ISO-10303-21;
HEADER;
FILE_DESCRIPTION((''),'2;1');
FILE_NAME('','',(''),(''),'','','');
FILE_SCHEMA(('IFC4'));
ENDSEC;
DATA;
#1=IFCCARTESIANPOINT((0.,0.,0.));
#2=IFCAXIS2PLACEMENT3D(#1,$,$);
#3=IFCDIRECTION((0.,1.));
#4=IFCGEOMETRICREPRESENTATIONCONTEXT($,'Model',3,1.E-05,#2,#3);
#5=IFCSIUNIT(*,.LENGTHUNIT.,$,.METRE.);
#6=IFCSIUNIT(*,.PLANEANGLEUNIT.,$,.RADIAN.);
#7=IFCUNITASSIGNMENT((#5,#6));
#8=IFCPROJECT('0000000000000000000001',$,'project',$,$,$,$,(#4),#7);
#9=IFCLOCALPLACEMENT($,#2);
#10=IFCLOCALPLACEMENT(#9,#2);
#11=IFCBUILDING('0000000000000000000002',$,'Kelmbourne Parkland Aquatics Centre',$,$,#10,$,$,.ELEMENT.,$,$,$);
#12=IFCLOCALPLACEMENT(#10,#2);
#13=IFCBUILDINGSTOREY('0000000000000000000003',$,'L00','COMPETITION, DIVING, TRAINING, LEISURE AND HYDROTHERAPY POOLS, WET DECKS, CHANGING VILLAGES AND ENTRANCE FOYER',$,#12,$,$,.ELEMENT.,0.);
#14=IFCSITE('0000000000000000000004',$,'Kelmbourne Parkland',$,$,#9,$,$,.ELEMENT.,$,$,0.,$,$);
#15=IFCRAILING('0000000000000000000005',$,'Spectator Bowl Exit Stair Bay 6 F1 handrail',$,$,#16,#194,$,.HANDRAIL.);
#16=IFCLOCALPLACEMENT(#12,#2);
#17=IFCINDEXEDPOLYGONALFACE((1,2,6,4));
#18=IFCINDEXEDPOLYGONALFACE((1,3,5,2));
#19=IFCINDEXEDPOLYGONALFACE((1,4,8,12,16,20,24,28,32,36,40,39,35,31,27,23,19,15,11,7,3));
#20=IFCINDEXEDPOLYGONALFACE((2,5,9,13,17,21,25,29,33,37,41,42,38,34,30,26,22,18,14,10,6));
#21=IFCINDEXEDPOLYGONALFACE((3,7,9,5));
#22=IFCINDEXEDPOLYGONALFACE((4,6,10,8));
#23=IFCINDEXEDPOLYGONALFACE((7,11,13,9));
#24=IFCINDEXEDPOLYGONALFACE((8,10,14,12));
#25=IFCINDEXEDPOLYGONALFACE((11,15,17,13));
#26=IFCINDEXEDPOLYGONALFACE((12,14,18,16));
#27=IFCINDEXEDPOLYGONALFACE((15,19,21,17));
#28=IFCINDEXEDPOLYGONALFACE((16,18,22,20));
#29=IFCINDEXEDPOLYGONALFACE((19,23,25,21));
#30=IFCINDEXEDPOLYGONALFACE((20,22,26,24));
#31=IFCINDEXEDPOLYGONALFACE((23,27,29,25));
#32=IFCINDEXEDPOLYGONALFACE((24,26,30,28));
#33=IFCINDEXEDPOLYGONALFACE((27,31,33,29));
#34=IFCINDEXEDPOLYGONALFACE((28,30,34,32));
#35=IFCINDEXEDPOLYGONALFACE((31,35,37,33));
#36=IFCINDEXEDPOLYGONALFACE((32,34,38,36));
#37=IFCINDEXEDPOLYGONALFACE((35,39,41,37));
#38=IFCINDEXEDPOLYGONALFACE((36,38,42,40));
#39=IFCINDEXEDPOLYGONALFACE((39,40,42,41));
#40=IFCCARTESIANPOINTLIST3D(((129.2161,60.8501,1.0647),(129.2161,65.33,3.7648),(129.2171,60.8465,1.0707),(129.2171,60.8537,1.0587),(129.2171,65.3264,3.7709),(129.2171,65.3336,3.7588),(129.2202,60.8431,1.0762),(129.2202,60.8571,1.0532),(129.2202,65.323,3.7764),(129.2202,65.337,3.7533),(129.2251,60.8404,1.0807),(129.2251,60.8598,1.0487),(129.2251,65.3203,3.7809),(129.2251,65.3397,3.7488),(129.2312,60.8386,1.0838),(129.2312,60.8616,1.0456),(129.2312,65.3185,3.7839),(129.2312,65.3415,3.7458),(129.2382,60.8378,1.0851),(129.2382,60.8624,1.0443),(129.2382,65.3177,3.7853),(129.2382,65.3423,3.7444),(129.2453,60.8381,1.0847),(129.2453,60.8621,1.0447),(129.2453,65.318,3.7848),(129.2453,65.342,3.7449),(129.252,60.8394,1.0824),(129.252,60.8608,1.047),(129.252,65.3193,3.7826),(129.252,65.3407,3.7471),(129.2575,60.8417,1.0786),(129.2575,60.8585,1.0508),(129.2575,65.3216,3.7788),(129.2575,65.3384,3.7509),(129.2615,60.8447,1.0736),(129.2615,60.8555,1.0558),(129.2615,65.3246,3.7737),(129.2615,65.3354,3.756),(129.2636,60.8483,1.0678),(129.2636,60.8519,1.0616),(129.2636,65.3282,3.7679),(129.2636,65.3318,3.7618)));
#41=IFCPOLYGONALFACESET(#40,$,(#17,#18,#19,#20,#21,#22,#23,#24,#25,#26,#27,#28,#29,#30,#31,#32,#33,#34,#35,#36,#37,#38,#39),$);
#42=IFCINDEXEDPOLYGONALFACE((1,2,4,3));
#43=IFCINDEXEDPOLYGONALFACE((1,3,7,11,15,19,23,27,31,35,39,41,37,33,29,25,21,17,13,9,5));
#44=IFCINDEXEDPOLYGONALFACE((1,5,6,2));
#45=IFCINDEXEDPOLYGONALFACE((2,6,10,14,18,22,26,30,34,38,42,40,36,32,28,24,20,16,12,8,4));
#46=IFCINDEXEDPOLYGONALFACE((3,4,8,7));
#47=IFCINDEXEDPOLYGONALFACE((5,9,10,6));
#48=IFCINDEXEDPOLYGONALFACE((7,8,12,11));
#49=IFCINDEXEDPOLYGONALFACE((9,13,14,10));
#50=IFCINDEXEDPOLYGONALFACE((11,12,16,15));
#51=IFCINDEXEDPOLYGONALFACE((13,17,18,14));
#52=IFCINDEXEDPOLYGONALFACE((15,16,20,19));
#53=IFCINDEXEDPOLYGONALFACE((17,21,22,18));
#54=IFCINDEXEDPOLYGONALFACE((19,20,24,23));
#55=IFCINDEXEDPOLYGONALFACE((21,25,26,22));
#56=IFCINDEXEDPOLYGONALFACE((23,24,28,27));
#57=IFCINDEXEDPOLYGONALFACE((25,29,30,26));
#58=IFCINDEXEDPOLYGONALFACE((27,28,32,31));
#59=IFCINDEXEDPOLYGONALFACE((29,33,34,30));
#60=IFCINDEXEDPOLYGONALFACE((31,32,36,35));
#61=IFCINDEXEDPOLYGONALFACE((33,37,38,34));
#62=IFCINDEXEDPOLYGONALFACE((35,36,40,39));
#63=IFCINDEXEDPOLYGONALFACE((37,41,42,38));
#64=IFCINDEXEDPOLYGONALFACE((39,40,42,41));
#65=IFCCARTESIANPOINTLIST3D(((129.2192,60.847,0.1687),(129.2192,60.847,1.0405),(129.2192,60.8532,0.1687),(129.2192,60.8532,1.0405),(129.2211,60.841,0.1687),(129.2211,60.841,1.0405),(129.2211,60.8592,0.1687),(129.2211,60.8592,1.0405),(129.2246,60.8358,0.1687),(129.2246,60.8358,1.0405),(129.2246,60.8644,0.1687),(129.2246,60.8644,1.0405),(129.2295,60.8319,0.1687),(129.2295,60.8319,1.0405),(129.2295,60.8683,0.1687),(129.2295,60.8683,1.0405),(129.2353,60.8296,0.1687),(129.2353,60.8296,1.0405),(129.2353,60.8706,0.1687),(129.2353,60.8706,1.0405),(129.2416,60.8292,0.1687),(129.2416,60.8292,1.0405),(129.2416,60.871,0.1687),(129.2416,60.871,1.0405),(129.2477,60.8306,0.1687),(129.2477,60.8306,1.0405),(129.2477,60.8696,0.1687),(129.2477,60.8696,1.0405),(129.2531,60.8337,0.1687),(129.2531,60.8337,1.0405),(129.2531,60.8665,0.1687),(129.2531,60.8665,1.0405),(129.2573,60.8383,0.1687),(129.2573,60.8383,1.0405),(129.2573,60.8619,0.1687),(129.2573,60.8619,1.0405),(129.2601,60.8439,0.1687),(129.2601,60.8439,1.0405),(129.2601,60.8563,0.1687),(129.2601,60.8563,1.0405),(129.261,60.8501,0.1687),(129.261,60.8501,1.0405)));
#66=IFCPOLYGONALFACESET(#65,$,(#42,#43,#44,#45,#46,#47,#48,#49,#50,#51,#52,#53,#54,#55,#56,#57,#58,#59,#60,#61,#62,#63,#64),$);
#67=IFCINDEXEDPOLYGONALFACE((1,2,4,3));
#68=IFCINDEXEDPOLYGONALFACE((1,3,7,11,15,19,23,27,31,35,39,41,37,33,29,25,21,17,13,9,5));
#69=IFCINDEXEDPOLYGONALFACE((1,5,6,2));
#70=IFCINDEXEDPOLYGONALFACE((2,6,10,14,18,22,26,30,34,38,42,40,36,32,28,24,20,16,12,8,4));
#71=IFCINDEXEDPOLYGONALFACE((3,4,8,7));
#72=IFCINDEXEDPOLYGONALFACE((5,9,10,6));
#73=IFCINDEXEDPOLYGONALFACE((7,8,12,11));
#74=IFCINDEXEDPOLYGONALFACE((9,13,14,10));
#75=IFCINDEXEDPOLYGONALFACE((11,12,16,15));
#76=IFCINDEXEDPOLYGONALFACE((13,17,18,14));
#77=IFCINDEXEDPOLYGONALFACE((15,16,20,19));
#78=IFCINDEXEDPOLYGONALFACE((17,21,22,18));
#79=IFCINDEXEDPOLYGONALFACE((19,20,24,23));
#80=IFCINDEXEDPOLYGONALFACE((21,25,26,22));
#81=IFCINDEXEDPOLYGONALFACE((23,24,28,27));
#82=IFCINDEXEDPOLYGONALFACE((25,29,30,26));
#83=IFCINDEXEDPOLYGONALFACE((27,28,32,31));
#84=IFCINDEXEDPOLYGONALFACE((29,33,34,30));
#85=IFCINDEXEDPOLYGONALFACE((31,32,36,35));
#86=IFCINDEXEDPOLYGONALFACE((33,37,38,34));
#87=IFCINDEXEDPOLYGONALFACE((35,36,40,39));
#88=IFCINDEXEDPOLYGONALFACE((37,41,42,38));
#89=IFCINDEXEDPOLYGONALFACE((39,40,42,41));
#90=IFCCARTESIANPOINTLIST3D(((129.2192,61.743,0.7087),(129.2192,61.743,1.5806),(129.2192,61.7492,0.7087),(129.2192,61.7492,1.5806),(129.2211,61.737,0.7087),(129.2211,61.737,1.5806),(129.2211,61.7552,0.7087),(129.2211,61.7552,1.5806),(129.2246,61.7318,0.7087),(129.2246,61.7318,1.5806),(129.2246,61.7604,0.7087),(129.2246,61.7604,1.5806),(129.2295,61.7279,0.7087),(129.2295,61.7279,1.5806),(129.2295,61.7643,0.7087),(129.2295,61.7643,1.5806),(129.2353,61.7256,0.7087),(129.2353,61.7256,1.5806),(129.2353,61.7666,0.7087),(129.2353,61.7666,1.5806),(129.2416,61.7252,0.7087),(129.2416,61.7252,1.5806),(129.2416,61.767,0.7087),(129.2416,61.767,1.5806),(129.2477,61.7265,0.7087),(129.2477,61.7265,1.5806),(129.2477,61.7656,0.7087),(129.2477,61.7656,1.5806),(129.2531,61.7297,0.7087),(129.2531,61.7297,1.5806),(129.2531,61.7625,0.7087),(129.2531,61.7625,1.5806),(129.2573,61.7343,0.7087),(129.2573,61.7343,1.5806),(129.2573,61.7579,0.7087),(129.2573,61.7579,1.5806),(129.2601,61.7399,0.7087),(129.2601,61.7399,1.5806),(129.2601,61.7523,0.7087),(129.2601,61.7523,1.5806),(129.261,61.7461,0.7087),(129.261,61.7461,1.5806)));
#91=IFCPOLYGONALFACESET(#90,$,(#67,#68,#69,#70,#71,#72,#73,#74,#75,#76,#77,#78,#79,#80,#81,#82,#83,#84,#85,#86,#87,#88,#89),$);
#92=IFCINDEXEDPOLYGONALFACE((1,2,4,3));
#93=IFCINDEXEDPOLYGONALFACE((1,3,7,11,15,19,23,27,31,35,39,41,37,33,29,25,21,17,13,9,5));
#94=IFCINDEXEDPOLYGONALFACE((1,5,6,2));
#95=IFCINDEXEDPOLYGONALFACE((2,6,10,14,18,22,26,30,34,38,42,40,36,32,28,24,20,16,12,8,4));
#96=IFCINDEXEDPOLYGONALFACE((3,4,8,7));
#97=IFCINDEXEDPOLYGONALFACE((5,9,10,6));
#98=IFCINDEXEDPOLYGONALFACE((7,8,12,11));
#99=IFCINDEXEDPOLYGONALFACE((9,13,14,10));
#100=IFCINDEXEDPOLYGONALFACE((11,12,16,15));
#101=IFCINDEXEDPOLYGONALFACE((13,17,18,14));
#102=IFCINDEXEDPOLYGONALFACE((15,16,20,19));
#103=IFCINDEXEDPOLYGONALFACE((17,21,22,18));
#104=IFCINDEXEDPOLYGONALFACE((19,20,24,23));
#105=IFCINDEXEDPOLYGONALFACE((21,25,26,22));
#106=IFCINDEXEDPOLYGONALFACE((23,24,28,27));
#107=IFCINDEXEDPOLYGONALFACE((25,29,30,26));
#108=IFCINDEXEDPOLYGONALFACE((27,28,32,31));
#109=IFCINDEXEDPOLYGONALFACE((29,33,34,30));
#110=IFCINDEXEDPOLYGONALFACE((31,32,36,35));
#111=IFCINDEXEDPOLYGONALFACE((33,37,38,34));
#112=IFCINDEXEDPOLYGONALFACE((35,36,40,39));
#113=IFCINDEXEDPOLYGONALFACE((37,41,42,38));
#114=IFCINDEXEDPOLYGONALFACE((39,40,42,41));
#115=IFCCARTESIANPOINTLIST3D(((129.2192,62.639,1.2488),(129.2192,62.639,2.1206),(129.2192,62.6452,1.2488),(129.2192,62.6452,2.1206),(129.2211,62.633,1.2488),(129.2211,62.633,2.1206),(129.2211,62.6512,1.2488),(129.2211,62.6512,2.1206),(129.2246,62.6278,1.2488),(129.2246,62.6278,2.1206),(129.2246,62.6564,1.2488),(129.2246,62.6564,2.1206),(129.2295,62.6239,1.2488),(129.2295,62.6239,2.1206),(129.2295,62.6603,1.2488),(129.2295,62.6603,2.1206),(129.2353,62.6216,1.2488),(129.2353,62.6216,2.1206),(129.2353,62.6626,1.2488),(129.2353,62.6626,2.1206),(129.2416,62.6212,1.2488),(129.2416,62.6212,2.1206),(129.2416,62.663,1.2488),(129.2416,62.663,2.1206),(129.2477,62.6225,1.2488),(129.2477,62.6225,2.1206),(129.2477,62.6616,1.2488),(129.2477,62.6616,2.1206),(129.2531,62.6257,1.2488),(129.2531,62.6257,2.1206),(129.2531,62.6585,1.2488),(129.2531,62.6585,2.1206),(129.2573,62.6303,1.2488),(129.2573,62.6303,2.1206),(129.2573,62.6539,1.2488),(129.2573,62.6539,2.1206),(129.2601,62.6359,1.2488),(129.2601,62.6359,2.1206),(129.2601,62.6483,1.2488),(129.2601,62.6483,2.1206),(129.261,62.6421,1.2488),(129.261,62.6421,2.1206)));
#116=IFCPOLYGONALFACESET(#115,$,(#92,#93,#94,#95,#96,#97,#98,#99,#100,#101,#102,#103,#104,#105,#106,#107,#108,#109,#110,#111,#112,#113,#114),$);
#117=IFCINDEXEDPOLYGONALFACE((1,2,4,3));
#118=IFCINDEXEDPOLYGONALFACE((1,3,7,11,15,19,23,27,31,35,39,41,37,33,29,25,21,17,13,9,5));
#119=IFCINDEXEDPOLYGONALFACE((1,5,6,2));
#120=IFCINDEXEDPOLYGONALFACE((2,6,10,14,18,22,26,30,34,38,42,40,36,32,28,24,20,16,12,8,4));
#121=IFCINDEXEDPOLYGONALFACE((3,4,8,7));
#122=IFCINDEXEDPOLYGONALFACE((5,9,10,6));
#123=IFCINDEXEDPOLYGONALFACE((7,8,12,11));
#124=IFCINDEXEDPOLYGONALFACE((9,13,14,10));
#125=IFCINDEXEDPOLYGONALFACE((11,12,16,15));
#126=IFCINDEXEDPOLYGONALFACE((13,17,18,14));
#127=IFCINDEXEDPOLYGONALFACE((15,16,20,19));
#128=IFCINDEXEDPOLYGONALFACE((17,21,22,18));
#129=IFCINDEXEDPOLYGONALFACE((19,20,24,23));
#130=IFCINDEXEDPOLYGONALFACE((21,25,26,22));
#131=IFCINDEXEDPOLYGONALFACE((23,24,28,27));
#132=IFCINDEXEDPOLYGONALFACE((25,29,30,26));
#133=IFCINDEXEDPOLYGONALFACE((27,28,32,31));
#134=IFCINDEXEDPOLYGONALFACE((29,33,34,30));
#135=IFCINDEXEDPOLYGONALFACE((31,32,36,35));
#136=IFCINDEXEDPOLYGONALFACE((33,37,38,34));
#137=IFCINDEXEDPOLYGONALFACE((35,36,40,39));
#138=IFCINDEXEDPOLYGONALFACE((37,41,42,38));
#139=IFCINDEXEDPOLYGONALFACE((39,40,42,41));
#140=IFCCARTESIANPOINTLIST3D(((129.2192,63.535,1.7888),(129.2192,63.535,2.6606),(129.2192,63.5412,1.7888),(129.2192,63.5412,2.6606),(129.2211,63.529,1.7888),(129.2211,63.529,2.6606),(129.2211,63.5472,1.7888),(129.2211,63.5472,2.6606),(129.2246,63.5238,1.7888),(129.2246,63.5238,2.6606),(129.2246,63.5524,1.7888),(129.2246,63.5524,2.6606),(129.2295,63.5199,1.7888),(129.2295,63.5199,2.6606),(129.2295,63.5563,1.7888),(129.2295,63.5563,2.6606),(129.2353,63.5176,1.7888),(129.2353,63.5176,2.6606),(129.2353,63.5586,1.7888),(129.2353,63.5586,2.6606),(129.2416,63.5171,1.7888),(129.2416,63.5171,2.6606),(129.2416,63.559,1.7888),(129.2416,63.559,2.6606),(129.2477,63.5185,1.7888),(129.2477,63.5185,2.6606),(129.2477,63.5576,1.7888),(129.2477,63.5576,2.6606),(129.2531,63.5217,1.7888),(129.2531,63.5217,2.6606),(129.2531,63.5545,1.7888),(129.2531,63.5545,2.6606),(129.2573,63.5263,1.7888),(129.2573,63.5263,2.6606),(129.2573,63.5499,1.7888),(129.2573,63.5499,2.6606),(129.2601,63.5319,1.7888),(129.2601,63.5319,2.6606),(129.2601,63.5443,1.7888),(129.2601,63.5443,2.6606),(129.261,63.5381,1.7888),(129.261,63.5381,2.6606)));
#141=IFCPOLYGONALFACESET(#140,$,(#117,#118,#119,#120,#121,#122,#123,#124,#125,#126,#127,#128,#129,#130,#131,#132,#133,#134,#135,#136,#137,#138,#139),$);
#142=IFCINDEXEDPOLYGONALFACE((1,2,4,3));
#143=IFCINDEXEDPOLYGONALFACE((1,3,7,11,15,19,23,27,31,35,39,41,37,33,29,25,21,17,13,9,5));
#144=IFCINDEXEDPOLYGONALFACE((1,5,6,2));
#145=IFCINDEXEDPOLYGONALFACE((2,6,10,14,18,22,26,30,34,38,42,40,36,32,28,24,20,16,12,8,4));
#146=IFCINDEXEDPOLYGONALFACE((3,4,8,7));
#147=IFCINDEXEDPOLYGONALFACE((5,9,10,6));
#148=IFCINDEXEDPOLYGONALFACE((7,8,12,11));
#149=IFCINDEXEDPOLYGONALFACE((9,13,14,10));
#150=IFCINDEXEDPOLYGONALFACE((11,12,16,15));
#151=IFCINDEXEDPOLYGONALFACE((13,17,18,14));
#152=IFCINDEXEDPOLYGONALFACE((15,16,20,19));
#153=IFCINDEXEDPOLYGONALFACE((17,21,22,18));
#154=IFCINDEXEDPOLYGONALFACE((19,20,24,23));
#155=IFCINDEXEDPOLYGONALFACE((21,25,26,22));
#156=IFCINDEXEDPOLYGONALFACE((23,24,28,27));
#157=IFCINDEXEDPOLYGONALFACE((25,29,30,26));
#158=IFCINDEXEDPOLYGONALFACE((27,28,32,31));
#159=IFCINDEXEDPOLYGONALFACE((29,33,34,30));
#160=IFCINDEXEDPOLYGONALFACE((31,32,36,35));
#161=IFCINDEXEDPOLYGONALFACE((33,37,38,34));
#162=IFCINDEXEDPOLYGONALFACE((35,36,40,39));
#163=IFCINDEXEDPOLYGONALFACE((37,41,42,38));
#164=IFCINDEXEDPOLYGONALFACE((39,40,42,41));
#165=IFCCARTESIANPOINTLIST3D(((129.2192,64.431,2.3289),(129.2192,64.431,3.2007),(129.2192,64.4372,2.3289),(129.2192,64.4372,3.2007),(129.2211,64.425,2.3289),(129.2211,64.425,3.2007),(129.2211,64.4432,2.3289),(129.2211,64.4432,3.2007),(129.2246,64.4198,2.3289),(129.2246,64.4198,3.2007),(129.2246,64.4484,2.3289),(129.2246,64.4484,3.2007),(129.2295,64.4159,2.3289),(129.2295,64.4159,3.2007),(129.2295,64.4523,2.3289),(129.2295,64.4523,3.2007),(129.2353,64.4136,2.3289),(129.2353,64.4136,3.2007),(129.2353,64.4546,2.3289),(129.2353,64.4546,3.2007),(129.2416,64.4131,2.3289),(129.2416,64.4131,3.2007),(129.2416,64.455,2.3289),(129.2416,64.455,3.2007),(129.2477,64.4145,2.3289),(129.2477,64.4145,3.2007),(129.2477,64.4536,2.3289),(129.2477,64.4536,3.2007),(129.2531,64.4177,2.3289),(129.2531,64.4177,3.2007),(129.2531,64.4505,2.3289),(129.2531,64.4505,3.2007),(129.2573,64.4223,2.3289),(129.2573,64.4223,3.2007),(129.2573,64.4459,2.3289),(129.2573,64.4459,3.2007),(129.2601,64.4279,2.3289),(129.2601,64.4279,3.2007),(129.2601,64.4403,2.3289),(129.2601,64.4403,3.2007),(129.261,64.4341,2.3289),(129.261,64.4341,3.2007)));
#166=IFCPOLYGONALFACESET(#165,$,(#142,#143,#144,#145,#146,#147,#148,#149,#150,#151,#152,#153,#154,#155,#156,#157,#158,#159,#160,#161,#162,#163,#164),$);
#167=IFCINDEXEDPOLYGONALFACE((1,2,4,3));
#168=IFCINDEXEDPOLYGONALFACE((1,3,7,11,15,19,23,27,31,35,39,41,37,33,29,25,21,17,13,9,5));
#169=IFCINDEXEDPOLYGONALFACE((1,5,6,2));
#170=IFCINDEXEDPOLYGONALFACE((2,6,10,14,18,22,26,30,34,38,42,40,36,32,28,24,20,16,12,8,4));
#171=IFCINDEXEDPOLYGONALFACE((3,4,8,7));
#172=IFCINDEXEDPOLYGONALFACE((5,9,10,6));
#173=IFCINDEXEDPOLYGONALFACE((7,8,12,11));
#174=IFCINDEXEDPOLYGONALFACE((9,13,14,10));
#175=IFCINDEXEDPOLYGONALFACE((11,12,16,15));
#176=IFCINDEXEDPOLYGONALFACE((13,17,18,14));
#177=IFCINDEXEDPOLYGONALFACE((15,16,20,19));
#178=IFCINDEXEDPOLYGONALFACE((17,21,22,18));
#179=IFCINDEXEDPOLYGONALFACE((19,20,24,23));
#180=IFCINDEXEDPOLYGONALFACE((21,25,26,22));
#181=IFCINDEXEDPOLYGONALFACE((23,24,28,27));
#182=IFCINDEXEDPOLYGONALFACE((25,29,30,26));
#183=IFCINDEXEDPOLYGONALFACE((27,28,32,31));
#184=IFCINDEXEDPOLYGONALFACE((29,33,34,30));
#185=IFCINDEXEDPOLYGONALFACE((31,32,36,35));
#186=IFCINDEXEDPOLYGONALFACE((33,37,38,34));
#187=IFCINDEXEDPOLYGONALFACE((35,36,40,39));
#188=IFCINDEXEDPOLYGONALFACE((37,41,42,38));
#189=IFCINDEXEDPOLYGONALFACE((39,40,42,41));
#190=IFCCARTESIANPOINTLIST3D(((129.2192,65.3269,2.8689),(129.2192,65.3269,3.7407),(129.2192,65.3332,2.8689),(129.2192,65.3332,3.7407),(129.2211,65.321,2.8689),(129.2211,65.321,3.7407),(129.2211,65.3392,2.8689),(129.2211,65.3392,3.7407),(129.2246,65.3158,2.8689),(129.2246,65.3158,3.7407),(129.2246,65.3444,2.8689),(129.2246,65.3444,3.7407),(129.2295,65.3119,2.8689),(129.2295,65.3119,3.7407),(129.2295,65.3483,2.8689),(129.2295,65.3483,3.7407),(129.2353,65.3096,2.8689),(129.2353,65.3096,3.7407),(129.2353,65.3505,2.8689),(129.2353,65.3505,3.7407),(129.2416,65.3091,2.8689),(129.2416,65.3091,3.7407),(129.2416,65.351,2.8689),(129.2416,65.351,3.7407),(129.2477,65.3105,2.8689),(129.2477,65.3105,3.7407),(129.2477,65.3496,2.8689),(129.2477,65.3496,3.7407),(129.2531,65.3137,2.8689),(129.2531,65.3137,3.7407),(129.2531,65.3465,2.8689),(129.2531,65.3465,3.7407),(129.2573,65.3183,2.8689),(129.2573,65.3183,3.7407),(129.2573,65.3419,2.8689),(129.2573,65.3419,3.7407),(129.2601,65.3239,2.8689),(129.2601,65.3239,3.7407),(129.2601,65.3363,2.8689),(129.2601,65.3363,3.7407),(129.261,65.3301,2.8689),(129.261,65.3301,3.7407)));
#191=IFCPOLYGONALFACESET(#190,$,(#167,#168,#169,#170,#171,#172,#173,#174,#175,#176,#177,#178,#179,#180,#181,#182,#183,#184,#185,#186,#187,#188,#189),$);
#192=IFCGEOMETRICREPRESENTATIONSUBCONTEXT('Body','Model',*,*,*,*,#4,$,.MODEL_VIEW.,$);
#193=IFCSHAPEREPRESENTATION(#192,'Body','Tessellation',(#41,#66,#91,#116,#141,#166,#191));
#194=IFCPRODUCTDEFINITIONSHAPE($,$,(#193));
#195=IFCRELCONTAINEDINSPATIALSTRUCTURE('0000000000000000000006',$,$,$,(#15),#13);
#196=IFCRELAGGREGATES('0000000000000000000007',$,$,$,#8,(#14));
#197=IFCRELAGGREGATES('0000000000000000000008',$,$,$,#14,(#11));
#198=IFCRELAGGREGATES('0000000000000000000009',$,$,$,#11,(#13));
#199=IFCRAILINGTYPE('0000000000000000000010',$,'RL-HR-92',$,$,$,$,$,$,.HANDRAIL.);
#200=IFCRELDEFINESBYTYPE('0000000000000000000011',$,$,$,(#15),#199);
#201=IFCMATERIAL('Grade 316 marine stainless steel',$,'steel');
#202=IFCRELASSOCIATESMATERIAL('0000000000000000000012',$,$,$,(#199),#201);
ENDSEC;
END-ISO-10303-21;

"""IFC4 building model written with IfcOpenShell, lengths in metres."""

from ifc_helpers import new_model, si_unit, direction, frame, origin, origin_2d, place, context, subcontext, project, spatial, circle, extrude, material, type_object, element, save


model = new_model("IFC4")

# Units and contexts
model_context = context("Model", 3, precision=1e-05, world=origin(), true_north=direction((0.0, 1.0)))
body_context = subcontext(model_context, "Body", "Model", "MODEL_VIEW")
ifc_project = project(units=[si_unit("LENGTHUNIT", "METRE"), si_unit("PLANEANGLEUNIT", "RADIAN")], contexts=[model_context])

# Site, building, storey
site_placement = place(None, origin())
site = spatial("IfcSite", under=ifc_project, at=site_placement, Name="Kelmbourne Parkland", CompositionType="ELEMENT", RefElevation=0.0)
building_placement = place(site_placement, origin())
building = spatial("IfcBuilding", under=site, at=building_placement, Name="Kelmbourne Parkland Aquatics Centre", CompositionType="ELEMENT")
storey_placement = place(building_placement, origin())
storey = spatial("IfcBuildingStorey", under=building, at=storey_placement, Name="L00", Description="COMPETITION, DIVING, TRAINING, LEISURE AND HYDROTHERAPY POOLS, WET DECKS, CHANGING VILLAGES AND ENTRANCE FOYER", CompositionType="ELEMENT", Elevation=0.0)

# Railing
ifc_material_1 = material(Name="Grade 316 marine stainless steel", Category="steel")
railing_type = type_object("IfcRailingType", Name="RL-HR-92", PredefinedType="HANDRAIL", material=ifc_material_1)
for number, where, name in (
    (1, (129.24, 60.8501, 0.1687), "Spectator Bowl Exit Stair Bay 6 F1 handrail"),
):
    element("IfcRailing", number, at=place(storey_placement, frame(where)), inside=storey, type_object=railing_type, Name=name, PredefinedType="HANDRAIL", context=body_context, shape_type="SweptSolid", body=[
        extrude(circle(Radius=0.0239, at=origin_2d()), frame((0.0, 0.0, 0.896), z_axis=(0.0, 0.856462, 0.516211), x_axis=(-1.0, 0.0, 0.0)), (0.0, 0.0, 1.0), 5.2307),
        extrude(circle(Radius=0.021, at=origin_2d()), origin(), (0.0, 0.0, 1.0), 0.8718),
        extrude(circle(Radius=0.021, at=origin_2d()), frame((0.0, 0.896, 0.54)), (0.0, 0.0, 1.0), 0.8718),
        extrude(circle(Radius=0.021, at=origin_2d()), frame((0.0, 1.792, 1.0801)), (0.0, 0.0, 1.0), 0.8718),
        extrude(circle(Radius=0.021, at=origin_2d()), frame((0.0, 2.688, 1.6201)), (0.0, 0.0, 1.0), 0.8718),
        extrude(circle(Radius=0.021, at=origin_2d()), frame((0.0, 3.584, 2.1602)), (0.0, 0.0, 1.0), 0.8718),
        extrude(circle(Radius=0.021, at=origin_2d()), frame((0.0, 4.48, 2.7002)), (0.0, 0.0, 1.0), 0.8718),
    ])

save(model, "model.ifc")
